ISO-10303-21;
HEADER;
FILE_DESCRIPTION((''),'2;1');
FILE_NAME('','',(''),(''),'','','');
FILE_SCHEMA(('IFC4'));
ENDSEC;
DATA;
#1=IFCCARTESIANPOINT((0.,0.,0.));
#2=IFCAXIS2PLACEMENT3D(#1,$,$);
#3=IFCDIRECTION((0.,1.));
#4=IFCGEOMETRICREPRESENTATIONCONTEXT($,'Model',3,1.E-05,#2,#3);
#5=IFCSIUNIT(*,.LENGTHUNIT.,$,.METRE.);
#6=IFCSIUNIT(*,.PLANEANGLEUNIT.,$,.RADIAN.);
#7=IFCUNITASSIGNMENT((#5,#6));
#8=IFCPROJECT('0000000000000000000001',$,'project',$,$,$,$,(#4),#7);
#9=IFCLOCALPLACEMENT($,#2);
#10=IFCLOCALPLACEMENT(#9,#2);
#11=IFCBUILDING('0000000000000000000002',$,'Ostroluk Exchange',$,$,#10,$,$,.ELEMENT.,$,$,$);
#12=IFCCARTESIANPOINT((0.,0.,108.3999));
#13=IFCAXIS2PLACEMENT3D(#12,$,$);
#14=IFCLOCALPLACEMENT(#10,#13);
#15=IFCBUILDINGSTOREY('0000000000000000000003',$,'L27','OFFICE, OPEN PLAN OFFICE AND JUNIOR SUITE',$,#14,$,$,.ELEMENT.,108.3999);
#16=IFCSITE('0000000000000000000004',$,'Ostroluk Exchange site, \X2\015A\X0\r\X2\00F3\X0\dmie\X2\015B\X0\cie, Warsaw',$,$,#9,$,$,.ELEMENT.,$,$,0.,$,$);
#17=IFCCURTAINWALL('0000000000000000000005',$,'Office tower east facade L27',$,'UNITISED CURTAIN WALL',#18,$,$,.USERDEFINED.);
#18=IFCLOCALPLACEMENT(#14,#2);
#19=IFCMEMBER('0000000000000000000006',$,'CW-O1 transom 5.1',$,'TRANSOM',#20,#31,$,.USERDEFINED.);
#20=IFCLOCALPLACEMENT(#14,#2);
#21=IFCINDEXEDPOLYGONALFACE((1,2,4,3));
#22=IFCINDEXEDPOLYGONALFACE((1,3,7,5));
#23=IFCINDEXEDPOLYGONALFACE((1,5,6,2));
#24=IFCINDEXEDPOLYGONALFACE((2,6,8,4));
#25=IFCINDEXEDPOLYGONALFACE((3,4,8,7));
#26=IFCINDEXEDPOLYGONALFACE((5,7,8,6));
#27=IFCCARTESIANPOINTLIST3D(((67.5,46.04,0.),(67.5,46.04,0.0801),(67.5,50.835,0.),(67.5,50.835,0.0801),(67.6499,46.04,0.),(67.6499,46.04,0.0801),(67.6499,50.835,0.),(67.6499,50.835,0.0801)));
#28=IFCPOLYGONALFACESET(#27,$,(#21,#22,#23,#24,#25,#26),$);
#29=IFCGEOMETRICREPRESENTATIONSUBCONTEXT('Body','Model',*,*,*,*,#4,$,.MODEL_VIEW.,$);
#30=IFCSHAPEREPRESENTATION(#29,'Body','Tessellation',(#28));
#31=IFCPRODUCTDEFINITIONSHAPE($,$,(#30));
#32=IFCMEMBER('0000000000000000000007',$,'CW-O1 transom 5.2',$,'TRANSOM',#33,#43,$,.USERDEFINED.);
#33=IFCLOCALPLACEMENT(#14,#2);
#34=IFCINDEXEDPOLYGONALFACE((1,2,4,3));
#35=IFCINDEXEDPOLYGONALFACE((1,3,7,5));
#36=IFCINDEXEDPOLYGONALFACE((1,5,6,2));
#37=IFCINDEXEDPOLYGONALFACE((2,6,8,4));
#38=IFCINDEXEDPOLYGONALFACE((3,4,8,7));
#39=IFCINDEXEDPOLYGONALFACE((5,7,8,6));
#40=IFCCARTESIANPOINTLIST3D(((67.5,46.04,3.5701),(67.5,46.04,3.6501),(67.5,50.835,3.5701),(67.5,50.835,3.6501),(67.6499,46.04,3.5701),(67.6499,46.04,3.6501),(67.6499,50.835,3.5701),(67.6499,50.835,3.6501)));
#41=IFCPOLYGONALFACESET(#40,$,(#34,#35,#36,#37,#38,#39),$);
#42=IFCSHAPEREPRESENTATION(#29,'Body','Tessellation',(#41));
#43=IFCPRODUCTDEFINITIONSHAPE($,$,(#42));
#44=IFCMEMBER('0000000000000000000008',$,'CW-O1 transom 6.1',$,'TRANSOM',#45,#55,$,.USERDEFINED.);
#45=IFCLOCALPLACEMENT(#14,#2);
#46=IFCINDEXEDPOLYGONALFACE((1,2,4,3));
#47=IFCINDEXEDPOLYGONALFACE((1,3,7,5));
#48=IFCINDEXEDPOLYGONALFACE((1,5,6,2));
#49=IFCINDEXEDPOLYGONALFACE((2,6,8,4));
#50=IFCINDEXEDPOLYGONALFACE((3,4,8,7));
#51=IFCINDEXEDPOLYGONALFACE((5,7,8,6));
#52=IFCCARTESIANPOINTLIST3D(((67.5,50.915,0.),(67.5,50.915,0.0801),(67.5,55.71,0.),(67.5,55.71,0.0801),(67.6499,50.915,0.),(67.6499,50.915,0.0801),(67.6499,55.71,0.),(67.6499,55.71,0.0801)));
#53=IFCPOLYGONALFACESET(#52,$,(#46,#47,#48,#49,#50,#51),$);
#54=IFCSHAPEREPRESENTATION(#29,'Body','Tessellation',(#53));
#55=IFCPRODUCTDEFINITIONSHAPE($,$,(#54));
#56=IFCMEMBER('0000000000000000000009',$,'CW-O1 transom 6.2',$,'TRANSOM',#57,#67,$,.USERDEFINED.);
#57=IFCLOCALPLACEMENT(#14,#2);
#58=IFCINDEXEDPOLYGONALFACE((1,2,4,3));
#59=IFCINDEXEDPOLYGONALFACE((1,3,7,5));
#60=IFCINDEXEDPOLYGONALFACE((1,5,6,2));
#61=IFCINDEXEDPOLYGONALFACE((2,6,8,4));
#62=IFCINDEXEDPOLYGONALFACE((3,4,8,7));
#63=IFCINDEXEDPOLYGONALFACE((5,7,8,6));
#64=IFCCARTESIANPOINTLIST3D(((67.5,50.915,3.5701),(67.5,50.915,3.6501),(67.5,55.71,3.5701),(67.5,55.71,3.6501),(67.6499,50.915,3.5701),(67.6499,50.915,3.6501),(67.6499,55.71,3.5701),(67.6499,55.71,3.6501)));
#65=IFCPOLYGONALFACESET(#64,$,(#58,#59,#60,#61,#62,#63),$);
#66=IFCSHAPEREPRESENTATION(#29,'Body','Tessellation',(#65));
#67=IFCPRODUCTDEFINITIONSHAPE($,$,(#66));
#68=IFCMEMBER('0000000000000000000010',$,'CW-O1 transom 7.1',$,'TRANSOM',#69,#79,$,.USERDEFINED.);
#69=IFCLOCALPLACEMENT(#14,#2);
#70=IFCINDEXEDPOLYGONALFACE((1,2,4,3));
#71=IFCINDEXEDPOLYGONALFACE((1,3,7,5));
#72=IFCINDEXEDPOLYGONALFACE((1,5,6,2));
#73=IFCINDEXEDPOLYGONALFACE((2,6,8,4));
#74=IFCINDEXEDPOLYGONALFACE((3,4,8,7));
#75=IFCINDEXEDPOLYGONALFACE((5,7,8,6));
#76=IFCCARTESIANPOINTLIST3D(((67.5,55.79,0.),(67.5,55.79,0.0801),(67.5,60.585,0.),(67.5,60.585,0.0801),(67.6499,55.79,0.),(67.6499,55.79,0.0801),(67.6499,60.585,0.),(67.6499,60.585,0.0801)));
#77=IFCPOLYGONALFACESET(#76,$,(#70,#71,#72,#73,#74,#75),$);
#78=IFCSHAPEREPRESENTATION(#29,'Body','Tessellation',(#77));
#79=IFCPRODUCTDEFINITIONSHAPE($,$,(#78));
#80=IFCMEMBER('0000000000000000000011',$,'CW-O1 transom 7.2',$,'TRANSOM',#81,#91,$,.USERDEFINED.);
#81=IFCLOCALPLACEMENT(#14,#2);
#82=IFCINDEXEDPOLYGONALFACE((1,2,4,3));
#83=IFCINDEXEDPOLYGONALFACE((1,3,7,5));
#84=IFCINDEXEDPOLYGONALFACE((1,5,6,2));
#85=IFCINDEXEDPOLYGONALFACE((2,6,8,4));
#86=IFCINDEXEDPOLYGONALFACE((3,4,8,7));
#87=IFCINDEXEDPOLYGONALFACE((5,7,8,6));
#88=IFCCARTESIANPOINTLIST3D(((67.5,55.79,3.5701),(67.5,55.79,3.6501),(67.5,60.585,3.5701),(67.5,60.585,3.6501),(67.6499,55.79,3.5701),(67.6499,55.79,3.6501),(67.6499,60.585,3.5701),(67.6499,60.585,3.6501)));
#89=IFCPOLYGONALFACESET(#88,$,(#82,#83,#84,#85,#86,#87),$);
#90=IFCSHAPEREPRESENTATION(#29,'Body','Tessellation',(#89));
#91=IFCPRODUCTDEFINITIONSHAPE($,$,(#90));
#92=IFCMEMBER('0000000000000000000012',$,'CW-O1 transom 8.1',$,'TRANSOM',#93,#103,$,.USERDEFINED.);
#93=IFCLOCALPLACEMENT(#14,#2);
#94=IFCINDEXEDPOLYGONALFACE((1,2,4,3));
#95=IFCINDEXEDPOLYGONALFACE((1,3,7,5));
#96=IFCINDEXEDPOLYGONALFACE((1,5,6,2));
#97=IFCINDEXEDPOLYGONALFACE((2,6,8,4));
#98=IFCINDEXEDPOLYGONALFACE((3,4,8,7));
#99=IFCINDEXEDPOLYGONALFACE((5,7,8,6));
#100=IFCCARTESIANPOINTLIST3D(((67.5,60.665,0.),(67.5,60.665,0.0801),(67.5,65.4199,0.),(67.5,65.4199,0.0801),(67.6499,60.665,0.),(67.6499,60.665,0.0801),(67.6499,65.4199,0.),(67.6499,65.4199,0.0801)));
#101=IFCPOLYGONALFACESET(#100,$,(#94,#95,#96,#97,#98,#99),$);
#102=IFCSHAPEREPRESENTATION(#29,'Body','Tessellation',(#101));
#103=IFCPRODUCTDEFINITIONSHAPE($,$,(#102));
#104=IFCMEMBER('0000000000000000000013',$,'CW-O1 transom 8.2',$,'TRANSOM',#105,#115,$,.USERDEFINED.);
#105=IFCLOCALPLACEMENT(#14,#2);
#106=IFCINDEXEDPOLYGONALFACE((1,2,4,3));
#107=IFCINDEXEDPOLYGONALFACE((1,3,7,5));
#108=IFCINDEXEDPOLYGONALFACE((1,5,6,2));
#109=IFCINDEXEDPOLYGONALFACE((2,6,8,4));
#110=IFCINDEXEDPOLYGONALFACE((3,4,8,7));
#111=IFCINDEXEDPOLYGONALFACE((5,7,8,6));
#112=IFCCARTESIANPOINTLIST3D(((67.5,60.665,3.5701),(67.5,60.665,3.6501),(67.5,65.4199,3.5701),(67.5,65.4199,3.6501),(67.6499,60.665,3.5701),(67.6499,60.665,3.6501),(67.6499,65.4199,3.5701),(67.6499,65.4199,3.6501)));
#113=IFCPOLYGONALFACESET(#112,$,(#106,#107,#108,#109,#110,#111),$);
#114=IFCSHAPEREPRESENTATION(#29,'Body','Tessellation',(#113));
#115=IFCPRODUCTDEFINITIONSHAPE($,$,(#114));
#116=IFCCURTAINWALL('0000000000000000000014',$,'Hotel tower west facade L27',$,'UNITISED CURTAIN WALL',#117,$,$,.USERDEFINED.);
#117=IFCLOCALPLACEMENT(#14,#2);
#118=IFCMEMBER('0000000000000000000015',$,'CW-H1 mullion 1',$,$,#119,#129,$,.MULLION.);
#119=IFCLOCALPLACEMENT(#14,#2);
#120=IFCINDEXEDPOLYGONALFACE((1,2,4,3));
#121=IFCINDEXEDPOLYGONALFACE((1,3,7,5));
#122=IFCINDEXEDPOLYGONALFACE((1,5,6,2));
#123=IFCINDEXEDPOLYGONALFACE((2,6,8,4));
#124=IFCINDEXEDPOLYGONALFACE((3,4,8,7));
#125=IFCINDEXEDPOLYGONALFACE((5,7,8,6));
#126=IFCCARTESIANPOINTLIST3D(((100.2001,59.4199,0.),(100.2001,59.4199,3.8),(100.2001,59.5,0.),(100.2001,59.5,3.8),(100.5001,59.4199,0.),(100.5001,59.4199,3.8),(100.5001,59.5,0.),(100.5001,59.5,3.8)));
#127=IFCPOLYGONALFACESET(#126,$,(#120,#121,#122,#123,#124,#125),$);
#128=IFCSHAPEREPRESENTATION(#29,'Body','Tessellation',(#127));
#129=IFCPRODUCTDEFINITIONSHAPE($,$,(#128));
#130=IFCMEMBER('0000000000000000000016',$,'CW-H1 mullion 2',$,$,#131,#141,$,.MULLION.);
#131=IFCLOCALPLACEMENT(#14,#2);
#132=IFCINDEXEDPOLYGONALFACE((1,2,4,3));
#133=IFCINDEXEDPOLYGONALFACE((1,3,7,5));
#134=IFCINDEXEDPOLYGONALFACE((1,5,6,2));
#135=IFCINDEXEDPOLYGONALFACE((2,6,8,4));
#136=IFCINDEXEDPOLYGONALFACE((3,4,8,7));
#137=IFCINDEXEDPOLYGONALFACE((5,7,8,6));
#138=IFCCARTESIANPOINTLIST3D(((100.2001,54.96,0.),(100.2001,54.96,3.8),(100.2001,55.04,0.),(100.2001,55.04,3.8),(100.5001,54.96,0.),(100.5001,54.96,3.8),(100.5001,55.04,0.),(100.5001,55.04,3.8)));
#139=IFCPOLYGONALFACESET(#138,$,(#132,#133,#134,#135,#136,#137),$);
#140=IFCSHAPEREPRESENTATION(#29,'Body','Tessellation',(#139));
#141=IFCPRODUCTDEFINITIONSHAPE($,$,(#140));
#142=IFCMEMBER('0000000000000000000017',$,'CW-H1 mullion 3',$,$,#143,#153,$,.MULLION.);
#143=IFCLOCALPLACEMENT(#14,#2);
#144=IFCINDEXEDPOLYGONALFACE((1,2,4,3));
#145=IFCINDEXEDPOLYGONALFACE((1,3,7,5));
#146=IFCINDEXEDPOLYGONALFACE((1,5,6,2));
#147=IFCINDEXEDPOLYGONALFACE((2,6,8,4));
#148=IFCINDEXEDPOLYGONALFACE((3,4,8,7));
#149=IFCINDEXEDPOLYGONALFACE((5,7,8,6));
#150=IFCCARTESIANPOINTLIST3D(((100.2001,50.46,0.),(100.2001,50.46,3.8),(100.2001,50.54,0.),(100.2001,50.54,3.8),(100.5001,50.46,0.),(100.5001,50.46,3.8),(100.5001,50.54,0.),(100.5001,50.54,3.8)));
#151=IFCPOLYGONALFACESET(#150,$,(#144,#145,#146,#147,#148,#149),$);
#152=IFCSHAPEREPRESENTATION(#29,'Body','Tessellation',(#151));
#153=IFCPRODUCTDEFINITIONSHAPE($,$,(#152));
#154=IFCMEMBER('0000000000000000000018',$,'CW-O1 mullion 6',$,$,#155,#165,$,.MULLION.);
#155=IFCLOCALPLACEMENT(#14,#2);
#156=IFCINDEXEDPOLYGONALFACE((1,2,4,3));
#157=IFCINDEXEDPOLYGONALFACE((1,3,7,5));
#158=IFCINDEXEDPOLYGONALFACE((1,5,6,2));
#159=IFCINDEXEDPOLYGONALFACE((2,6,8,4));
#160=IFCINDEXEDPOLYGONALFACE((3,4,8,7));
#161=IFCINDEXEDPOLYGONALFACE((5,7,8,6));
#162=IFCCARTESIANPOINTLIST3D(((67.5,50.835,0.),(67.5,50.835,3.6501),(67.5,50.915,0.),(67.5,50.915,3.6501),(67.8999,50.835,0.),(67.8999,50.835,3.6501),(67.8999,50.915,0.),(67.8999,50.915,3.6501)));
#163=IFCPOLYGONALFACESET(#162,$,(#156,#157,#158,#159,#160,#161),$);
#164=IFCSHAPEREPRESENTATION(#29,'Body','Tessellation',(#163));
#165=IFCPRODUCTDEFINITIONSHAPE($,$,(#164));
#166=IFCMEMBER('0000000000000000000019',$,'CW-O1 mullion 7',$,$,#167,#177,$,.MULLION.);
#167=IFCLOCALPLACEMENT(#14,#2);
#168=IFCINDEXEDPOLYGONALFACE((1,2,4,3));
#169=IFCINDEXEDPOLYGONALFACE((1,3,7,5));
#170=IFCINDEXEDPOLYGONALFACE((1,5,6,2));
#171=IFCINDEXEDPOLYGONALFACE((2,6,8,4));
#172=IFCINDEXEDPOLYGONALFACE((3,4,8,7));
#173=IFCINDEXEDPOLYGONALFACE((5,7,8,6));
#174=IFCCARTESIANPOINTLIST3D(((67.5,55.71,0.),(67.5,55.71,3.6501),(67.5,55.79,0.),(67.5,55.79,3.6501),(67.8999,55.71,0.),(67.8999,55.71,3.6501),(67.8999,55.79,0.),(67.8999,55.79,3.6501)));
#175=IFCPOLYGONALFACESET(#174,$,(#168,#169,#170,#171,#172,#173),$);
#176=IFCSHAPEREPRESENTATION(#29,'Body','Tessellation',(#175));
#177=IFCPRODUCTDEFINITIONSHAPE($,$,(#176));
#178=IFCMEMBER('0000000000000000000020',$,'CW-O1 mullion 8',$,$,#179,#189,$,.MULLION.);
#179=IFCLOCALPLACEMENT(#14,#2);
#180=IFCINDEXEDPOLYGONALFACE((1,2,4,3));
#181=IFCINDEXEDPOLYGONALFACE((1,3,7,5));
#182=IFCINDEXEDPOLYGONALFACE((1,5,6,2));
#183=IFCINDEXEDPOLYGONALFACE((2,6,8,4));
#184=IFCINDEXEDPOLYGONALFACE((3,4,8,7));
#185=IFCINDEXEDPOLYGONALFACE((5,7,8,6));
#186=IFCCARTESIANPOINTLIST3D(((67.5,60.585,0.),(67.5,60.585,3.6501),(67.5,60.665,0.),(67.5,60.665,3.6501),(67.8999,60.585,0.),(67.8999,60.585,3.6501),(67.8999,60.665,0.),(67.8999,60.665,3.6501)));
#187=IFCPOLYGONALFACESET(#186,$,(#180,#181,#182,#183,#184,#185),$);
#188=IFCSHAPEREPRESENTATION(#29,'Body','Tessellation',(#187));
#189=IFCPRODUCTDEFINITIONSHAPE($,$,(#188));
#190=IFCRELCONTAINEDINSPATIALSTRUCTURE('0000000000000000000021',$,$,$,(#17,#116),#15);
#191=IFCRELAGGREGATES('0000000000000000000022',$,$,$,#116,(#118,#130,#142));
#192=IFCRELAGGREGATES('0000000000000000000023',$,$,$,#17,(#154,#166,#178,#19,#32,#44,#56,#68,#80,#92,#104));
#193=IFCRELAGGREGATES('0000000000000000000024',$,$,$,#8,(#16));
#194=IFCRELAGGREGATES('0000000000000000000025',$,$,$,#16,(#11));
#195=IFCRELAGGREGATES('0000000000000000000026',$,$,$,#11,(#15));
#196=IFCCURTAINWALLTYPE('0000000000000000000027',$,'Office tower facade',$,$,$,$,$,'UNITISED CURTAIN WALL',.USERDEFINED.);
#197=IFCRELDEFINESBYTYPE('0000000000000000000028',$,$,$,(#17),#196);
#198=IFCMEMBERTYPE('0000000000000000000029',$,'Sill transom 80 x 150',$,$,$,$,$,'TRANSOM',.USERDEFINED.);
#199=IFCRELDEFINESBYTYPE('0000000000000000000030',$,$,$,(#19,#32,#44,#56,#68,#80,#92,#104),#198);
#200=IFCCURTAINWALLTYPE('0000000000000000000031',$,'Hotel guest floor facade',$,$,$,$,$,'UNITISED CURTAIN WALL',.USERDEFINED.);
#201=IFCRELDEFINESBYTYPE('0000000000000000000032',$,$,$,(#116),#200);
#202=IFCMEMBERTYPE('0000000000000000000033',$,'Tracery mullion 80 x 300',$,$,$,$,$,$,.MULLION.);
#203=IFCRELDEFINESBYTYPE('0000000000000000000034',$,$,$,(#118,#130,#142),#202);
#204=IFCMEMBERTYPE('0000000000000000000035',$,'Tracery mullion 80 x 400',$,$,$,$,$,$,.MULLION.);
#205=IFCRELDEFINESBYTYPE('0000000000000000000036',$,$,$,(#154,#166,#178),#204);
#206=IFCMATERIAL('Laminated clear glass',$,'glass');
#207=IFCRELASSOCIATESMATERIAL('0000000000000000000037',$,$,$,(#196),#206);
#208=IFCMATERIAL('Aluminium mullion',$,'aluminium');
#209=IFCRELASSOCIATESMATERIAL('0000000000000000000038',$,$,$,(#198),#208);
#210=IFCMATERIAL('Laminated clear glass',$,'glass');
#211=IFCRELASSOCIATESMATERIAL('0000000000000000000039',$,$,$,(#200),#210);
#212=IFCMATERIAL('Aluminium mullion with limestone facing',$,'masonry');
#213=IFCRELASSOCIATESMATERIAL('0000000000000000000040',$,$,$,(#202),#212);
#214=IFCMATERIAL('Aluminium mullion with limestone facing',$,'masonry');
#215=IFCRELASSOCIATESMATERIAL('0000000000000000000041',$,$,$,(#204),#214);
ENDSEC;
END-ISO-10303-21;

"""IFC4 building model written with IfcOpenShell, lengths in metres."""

from ifc_helpers import new_model, si_unit, direction, frame, origin, origin_2d, place, context, subcontext, project, spatial, rectangle, extrude, material, material_profile, profile_set, type_object, element, aggregate, save


model = new_model("IFC4")

# Units and contexts
model_context = context("Model", 3, precision=1e-05, world=origin(), true_north=direction((0.0, 1.0)))
body_context = subcontext(model_context, "Body", "Model", "MODEL_VIEW")
ifc_project = project(units=[si_unit("LENGTHUNIT", "METRE"), si_unit("PLANEANGLEUNIT", "RADIAN")], contexts=[model_context])

# Site, building, storey
site_placement = place(None, origin())
site = spatial("IfcSite", under=ifc_project, at=site_placement, Name="Ostroluk Exchange site, Śródmieście, Warsaw", CompositionType="ELEMENT", RefElevation=0.0)
building_placement = place(site_placement, origin())
building = spatial("IfcBuilding", under=site, at=building_placement, Name="Ostroluk Exchange", CompositionType="ELEMENT")
storey_placement = place(building_placement, frame((0.0, 0.0, 108.3999)))
storey = spatial("IfcBuildingStorey", under=building, at=storey_placement, Name="L27", Description="OFFICE, OPEN PLAN OFFICE AND JUNIOR SUITE", CompositionType="ELEMENT", Elevation=108.3999)

# Curtain walls, members
ifc_material_1 = material(Name="Laminated clear glass", Category="glass")
curtain_wall_type_1 = type_object("IfcCurtainWallType", Name="Office tower facade", ElementType="UNITISED CURTAIN WALL", PredefinedType="USERDEFINED", material=ifc_material_1)
curtain_wall_1_placement = place(storey_placement, origin())
curtain_wall_1 = element("IfcCurtainWall", 1, at=curtain_wall_1_placement, inside=storey, type_object=curtain_wall_type_1, Name="Office tower east facade L27", ObjectType="UNITISED CURTAIN WALL", PredefinedType="USERDEFINED")
ifc_material_2 = material(Name="Aluminium mullion", Category="aluminium")
ifc_material_profile_1 = material_profile(ifc_material_2, rectangle(XDim=0.1499, YDim=0.0801, at=origin_2d()), Name="Sill transom 80 x 150")
ifc_profile_set_1 = profile_set([ifc_material_profile_1], Name="Aluminium mullion")
member_type_1 = type_object("IfcMemberType", Name="Sill transom 80 x 150", ElementType="TRANSOM", PredefinedType="USERDEFINED", material=ifc_profile_set_1)
member_1_placement = place(storey_placement, frame((67.575, 46.04, 0.04), z_axis=(0.0, 1.0, 0.0), x_axis=(-1.0, 0.0, 0.0)))
member_1 = element("IfcMember", 2, at=member_1_placement, type_object=member_type_1, Name="CW-O1 transom 5.1", ObjectType="TRANSOM", PredefinedType="USERDEFINED", context=body_context, shape_type="SweptSolid", body=[
    extrude(rectangle(XDim=0.1499, YDim=0.0801, at=origin_2d()), origin(), (0.0, 0.0, 1.0), 4.7949),
])
member_2_placement = place(storey_placement, frame((67.575, 46.04, 3.6101), z_axis=(0.0, 1.0, 0.0), x_axis=(-1.0, 0.0, 0.0)))
member_2 = element("IfcMember", 3, at=member_2_placement, type_object=member_type_1, Name="CW-O1 transom 5.2", ObjectType="TRANSOM", PredefinedType="USERDEFINED", context=body_context, shape_type="SweptSolid", body=[
    extrude(rectangle(XDim=0.1499, YDim=0.0801, at=origin_2d()), origin(), (0.0, 0.0, 1.0), 4.7949),
])
member_3_placement = place(storey_placement, frame((67.575, 50.915, 0.04), z_axis=(0.0, 1.0, 0.0), x_axis=(-1.0, 0.0, 0.0)))
member_3 = element("IfcMember", 4, at=member_3_placement, type_object=member_type_1, Name="CW-O1 transom 6.1", ObjectType="TRANSOM", PredefinedType="USERDEFINED", context=body_context, shape_type="SweptSolid", body=[
    extrude(rectangle(XDim=0.1499, YDim=0.0801, at=origin_2d()), origin(), (0.0, 0.0, 1.0), 4.7949),
])
member_4_placement = place(storey_placement, frame((67.575, 50.915, 3.6101), z_axis=(0.0, 1.0, 0.0), x_axis=(-1.0, 0.0, 0.0)))
member_4 = element("IfcMember", 5, at=member_4_placement, type_object=member_type_1, Name="CW-O1 transom 6.2", ObjectType="TRANSOM", PredefinedType="USERDEFINED", context=body_context, shape_type="SweptSolid", body=[
    extrude(rectangle(XDim=0.1499, YDim=0.0801, at=origin_2d()), origin(), (0.0, 0.0, 1.0), 4.7949),
])
member_5_placement = place(storey_placement, frame((67.575, 55.79, 0.04), z_axis=(0.0, 1.0, 0.0), x_axis=(-1.0, 0.0, 0.0)))
member_5 = element("IfcMember", 6, at=member_5_placement, type_object=member_type_1, Name="CW-O1 transom 7.1", ObjectType="TRANSOM", PredefinedType="USERDEFINED", context=body_context, shape_type="SweptSolid", body=[
    extrude(rectangle(XDim=0.1499, YDim=0.0801, at=origin_2d()), origin(), (0.0, 0.0, 1.0), 4.7949),
])
member_6_placement = place(storey_placement, frame((67.575, 55.79, 3.6101), z_axis=(0.0, 1.0, 0.0), x_axis=(-1.0, 0.0, 0.0)))
member_6 = element("IfcMember", 7, at=member_6_placement, type_object=member_type_1, Name="CW-O1 transom 7.2", ObjectType="TRANSOM", PredefinedType="USERDEFINED", context=body_context, shape_type="SweptSolid", body=[
    extrude(rectangle(XDim=0.1499, YDim=0.0801, at=origin_2d()), origin(), (0.0, 0.0, 1.0), 4.7949),
])
member_7_placement = place(storey_placement, frame((67.575, 60.665, 0.04), z_axis=(0.0, 1.0, 0.0), x_axis=(-1.0, 0.0, 0.0)))
member_7 = element("IfcMember", 8, at=member_7_placement, type_object=member_type_1, Name="CW-O1 transom 8.1", ObjectType="TRANSOM", PredefinedType="USERDEFINED", context=body_context, shape_type="SweptSolid", body=[
    extrude(rectangle(XDim=0.1499, YDim=0.0801, at=origin_2d()), origin(), (0.0, 0.0, 1.0), 4.7549),
])
member_8_placement = place(storey_placement, frame((67.575, 60.665, 3.6101), z_axis=(0.0, 1.0, 0.0), x_axis=(-1.0, 0.0, 0.0)))
member_8 = element("IfcMember", 9, at=member_8_placement, type_object=member_type_1, Name="CW-O1 transom 8.2", ObjectType="TRANSOM", PredefinedType="USERDEFINED", context=body_context, shape_type="SweptSolid", body=[
    extrude(rectangle(XDim=0.1499, YDim=0.0801, at=origin_2d()), origin(), (0.0, 0.0, 1.0), 4.7549),
])
ifc_material_3 = material(Name="Laminated clear glass", Category="glass")
curtain_wall_type_2 = type_object("IfcCurtainWallType", Name="Hotel guest floor facade", ElementType="UNITISED CURTAIN WALL", PredefinedType="USERDEFINED", material=ifc_material_3)
curtain_wall_2_placement = place(storey_placement, origin())
curtain_wall_2 = element("IfcCurtainWall", 10, at=curtain_wall_2_placement, inside=storey, type_object=curtain_wall_type_2, Name="Hotel tower west facade L27", ObjectType="UNITISED CURTAIN WALL", PredefinedType="USERDEFINED")
ifc_material_4 = material(Name="Aluminium mullion with limestone facing", Category="masonry")
ifc_material_profile_2 = material_profile(ifc_material_4, rectangle(XDim=0.3, YDim=0.0801, at=origin_2d()), Name="Tracery mullion 80 x 300")
ifc_profile_set_2 = profile_set([ifc_material_profile_2], Name="Aluminium mullion with limestone facing")
member_type_2 = type_object("IfcMemberType", Name="Tracery mullion 80 x 300", PredefinedType="MULLION", material=ifc_profile_set_2)
member_9_placement = place(storey_placement, frame((100.3501, 59.46, 0.0), z_axis=(0.0, 0.0, 1.0), x_axis=(1.0, 0.0, 0.0)))
member_9 = element("IfcMember", 11, at=member_9_placement, type_object=member_type_2, Name="CW-H1 mullion 1", PredefinedType="MULLION", context=body_context, shape_type="SweptSolid", body=[
    extrude(rectangle(XDim=0.3, YDim=0.0801, at=origin_2d()), origin(), (0.0, 0.0, 1.0), 3.8),
])
member_10_placement = place(storey_placement, frame((100.3501, 55.0, 0.0), z_axis=(0.0, 0.0, 1.0), x_axis=(1.0, 0.0, 0.0)))
member_10 = element("IfcMember", 12, at=member_10_placement, type_object=member_type_2, Name="CW-H1 mullion 2", PredefinedType="MULLION", context=body_context, shape_type="SweptSolid", body=[
    extrude(rectangle(XDim=0.3, YDim=0.0801, at=origin_2d()), origin(), (0.0, 0.0, 1.0), 3.8),
])
member_11_placement = place(storey_placement, frame((100.3501, 50.5, 0.0), z_axis=(0.0, 0.0, 1.0), x_axis=(1.0, 0.0, 0.0)))
member_11 = element("IfcMember", 13, at=member_11_placement, type_object=member_type_2, Name="CW-H1 mullion 3", PredefinedType="MULLION", context=body_context, shape_type="SweptSolid", body=[
    extrude(rectangle(XDim=0.3, YDim=0.0801, at=origin_2d()), origin(), (0.0, 0.0, 1.0), 3.8),
])

# Members
ifc_material_5 = material(Name="Aluminium mullion with limestone facing", Category="masonry")
ifc_material_profile_3 = material_profile(ifc_material_5, rectangle(XDim=0.3999, YDim=0.0801, at=origin_2d()), Name="Tracery mullion 80 x 400")
ifc_profile_set_3 = profile_set([ifc_material_profile_3], Name="Aluminium mullion with limestone facing")
member_type_3 = type_object("IfcMemberType", Name="Tracery mullion 80 x 400", PredefinedType="MULLION", material=ifc_profile_set_3)
member_12_placement = place(storey_placement, frame((67.7, 50.875, 0.0), z_axis=(0.0, 0.0, 1.0), x_axis=(-1.0, 0.0, 0.0)))
member_12 = element("IfcMember", 14, at=member_12_placement, type_object=member_type_3, Name="CW-O1 mullion 6", PredefinedType="MULLION", context=body_context, shape_type="SweptSolid", body=[
    extrude(rectangle(XDim=0.3999, YDim=0.0801, at=origin_2d()), origin(), (0.0, 0.0, 1.0), 3.6501),
])
member_13_placement = place(storey_placement, frame((67.7, 55.75, 0.0), z_axis=(0.0, 0.0, 1.0), x_axis=(-1.0, 0.0, 0.0)))
member_13 = element("IfcMember", 15, at=member_13_placement, type_object=member_type_3, Name="CW-O1 mullion 7", PredefinedType="MULLION", context=body_context, shape_type="SweptSolid", body=[
    extrude(rectangle(XDim=0.3999, YDim=0.0801, at=origin_2d()), origin(), (0.0, 0.0, 1.0), 3.6501),
])
member_14_placement = place(storey_placement, frame((67.7, 60.625, 0.0), z_axis=(0.0, 0.0, 1.0), x_axis=(-1.0, 0.0, 0.0)))
member_14 = element("IfcMember", 16, at=member_14_placement, type_object=member_type_3, Name="CW-O1 mullion 8", PredefinedType="MULLION", context=body_context, shape_type="SweptSolid", body=[
    extrude(rectangle(XDim=0.3999, YDim=0.0801, at=origin_2d()), origin(), (0.0, 0.0, 1.0), 3.6501),
])

aggregate(curtain_wall_2, [member_9, member_10, member_11])
aggregate(curtain_wall_1, [member_12, member_13, member_14, member_1, member_2, member_3, member_4, member_5, member_6, member_7, member_8])

save(model, "model.ifc")
